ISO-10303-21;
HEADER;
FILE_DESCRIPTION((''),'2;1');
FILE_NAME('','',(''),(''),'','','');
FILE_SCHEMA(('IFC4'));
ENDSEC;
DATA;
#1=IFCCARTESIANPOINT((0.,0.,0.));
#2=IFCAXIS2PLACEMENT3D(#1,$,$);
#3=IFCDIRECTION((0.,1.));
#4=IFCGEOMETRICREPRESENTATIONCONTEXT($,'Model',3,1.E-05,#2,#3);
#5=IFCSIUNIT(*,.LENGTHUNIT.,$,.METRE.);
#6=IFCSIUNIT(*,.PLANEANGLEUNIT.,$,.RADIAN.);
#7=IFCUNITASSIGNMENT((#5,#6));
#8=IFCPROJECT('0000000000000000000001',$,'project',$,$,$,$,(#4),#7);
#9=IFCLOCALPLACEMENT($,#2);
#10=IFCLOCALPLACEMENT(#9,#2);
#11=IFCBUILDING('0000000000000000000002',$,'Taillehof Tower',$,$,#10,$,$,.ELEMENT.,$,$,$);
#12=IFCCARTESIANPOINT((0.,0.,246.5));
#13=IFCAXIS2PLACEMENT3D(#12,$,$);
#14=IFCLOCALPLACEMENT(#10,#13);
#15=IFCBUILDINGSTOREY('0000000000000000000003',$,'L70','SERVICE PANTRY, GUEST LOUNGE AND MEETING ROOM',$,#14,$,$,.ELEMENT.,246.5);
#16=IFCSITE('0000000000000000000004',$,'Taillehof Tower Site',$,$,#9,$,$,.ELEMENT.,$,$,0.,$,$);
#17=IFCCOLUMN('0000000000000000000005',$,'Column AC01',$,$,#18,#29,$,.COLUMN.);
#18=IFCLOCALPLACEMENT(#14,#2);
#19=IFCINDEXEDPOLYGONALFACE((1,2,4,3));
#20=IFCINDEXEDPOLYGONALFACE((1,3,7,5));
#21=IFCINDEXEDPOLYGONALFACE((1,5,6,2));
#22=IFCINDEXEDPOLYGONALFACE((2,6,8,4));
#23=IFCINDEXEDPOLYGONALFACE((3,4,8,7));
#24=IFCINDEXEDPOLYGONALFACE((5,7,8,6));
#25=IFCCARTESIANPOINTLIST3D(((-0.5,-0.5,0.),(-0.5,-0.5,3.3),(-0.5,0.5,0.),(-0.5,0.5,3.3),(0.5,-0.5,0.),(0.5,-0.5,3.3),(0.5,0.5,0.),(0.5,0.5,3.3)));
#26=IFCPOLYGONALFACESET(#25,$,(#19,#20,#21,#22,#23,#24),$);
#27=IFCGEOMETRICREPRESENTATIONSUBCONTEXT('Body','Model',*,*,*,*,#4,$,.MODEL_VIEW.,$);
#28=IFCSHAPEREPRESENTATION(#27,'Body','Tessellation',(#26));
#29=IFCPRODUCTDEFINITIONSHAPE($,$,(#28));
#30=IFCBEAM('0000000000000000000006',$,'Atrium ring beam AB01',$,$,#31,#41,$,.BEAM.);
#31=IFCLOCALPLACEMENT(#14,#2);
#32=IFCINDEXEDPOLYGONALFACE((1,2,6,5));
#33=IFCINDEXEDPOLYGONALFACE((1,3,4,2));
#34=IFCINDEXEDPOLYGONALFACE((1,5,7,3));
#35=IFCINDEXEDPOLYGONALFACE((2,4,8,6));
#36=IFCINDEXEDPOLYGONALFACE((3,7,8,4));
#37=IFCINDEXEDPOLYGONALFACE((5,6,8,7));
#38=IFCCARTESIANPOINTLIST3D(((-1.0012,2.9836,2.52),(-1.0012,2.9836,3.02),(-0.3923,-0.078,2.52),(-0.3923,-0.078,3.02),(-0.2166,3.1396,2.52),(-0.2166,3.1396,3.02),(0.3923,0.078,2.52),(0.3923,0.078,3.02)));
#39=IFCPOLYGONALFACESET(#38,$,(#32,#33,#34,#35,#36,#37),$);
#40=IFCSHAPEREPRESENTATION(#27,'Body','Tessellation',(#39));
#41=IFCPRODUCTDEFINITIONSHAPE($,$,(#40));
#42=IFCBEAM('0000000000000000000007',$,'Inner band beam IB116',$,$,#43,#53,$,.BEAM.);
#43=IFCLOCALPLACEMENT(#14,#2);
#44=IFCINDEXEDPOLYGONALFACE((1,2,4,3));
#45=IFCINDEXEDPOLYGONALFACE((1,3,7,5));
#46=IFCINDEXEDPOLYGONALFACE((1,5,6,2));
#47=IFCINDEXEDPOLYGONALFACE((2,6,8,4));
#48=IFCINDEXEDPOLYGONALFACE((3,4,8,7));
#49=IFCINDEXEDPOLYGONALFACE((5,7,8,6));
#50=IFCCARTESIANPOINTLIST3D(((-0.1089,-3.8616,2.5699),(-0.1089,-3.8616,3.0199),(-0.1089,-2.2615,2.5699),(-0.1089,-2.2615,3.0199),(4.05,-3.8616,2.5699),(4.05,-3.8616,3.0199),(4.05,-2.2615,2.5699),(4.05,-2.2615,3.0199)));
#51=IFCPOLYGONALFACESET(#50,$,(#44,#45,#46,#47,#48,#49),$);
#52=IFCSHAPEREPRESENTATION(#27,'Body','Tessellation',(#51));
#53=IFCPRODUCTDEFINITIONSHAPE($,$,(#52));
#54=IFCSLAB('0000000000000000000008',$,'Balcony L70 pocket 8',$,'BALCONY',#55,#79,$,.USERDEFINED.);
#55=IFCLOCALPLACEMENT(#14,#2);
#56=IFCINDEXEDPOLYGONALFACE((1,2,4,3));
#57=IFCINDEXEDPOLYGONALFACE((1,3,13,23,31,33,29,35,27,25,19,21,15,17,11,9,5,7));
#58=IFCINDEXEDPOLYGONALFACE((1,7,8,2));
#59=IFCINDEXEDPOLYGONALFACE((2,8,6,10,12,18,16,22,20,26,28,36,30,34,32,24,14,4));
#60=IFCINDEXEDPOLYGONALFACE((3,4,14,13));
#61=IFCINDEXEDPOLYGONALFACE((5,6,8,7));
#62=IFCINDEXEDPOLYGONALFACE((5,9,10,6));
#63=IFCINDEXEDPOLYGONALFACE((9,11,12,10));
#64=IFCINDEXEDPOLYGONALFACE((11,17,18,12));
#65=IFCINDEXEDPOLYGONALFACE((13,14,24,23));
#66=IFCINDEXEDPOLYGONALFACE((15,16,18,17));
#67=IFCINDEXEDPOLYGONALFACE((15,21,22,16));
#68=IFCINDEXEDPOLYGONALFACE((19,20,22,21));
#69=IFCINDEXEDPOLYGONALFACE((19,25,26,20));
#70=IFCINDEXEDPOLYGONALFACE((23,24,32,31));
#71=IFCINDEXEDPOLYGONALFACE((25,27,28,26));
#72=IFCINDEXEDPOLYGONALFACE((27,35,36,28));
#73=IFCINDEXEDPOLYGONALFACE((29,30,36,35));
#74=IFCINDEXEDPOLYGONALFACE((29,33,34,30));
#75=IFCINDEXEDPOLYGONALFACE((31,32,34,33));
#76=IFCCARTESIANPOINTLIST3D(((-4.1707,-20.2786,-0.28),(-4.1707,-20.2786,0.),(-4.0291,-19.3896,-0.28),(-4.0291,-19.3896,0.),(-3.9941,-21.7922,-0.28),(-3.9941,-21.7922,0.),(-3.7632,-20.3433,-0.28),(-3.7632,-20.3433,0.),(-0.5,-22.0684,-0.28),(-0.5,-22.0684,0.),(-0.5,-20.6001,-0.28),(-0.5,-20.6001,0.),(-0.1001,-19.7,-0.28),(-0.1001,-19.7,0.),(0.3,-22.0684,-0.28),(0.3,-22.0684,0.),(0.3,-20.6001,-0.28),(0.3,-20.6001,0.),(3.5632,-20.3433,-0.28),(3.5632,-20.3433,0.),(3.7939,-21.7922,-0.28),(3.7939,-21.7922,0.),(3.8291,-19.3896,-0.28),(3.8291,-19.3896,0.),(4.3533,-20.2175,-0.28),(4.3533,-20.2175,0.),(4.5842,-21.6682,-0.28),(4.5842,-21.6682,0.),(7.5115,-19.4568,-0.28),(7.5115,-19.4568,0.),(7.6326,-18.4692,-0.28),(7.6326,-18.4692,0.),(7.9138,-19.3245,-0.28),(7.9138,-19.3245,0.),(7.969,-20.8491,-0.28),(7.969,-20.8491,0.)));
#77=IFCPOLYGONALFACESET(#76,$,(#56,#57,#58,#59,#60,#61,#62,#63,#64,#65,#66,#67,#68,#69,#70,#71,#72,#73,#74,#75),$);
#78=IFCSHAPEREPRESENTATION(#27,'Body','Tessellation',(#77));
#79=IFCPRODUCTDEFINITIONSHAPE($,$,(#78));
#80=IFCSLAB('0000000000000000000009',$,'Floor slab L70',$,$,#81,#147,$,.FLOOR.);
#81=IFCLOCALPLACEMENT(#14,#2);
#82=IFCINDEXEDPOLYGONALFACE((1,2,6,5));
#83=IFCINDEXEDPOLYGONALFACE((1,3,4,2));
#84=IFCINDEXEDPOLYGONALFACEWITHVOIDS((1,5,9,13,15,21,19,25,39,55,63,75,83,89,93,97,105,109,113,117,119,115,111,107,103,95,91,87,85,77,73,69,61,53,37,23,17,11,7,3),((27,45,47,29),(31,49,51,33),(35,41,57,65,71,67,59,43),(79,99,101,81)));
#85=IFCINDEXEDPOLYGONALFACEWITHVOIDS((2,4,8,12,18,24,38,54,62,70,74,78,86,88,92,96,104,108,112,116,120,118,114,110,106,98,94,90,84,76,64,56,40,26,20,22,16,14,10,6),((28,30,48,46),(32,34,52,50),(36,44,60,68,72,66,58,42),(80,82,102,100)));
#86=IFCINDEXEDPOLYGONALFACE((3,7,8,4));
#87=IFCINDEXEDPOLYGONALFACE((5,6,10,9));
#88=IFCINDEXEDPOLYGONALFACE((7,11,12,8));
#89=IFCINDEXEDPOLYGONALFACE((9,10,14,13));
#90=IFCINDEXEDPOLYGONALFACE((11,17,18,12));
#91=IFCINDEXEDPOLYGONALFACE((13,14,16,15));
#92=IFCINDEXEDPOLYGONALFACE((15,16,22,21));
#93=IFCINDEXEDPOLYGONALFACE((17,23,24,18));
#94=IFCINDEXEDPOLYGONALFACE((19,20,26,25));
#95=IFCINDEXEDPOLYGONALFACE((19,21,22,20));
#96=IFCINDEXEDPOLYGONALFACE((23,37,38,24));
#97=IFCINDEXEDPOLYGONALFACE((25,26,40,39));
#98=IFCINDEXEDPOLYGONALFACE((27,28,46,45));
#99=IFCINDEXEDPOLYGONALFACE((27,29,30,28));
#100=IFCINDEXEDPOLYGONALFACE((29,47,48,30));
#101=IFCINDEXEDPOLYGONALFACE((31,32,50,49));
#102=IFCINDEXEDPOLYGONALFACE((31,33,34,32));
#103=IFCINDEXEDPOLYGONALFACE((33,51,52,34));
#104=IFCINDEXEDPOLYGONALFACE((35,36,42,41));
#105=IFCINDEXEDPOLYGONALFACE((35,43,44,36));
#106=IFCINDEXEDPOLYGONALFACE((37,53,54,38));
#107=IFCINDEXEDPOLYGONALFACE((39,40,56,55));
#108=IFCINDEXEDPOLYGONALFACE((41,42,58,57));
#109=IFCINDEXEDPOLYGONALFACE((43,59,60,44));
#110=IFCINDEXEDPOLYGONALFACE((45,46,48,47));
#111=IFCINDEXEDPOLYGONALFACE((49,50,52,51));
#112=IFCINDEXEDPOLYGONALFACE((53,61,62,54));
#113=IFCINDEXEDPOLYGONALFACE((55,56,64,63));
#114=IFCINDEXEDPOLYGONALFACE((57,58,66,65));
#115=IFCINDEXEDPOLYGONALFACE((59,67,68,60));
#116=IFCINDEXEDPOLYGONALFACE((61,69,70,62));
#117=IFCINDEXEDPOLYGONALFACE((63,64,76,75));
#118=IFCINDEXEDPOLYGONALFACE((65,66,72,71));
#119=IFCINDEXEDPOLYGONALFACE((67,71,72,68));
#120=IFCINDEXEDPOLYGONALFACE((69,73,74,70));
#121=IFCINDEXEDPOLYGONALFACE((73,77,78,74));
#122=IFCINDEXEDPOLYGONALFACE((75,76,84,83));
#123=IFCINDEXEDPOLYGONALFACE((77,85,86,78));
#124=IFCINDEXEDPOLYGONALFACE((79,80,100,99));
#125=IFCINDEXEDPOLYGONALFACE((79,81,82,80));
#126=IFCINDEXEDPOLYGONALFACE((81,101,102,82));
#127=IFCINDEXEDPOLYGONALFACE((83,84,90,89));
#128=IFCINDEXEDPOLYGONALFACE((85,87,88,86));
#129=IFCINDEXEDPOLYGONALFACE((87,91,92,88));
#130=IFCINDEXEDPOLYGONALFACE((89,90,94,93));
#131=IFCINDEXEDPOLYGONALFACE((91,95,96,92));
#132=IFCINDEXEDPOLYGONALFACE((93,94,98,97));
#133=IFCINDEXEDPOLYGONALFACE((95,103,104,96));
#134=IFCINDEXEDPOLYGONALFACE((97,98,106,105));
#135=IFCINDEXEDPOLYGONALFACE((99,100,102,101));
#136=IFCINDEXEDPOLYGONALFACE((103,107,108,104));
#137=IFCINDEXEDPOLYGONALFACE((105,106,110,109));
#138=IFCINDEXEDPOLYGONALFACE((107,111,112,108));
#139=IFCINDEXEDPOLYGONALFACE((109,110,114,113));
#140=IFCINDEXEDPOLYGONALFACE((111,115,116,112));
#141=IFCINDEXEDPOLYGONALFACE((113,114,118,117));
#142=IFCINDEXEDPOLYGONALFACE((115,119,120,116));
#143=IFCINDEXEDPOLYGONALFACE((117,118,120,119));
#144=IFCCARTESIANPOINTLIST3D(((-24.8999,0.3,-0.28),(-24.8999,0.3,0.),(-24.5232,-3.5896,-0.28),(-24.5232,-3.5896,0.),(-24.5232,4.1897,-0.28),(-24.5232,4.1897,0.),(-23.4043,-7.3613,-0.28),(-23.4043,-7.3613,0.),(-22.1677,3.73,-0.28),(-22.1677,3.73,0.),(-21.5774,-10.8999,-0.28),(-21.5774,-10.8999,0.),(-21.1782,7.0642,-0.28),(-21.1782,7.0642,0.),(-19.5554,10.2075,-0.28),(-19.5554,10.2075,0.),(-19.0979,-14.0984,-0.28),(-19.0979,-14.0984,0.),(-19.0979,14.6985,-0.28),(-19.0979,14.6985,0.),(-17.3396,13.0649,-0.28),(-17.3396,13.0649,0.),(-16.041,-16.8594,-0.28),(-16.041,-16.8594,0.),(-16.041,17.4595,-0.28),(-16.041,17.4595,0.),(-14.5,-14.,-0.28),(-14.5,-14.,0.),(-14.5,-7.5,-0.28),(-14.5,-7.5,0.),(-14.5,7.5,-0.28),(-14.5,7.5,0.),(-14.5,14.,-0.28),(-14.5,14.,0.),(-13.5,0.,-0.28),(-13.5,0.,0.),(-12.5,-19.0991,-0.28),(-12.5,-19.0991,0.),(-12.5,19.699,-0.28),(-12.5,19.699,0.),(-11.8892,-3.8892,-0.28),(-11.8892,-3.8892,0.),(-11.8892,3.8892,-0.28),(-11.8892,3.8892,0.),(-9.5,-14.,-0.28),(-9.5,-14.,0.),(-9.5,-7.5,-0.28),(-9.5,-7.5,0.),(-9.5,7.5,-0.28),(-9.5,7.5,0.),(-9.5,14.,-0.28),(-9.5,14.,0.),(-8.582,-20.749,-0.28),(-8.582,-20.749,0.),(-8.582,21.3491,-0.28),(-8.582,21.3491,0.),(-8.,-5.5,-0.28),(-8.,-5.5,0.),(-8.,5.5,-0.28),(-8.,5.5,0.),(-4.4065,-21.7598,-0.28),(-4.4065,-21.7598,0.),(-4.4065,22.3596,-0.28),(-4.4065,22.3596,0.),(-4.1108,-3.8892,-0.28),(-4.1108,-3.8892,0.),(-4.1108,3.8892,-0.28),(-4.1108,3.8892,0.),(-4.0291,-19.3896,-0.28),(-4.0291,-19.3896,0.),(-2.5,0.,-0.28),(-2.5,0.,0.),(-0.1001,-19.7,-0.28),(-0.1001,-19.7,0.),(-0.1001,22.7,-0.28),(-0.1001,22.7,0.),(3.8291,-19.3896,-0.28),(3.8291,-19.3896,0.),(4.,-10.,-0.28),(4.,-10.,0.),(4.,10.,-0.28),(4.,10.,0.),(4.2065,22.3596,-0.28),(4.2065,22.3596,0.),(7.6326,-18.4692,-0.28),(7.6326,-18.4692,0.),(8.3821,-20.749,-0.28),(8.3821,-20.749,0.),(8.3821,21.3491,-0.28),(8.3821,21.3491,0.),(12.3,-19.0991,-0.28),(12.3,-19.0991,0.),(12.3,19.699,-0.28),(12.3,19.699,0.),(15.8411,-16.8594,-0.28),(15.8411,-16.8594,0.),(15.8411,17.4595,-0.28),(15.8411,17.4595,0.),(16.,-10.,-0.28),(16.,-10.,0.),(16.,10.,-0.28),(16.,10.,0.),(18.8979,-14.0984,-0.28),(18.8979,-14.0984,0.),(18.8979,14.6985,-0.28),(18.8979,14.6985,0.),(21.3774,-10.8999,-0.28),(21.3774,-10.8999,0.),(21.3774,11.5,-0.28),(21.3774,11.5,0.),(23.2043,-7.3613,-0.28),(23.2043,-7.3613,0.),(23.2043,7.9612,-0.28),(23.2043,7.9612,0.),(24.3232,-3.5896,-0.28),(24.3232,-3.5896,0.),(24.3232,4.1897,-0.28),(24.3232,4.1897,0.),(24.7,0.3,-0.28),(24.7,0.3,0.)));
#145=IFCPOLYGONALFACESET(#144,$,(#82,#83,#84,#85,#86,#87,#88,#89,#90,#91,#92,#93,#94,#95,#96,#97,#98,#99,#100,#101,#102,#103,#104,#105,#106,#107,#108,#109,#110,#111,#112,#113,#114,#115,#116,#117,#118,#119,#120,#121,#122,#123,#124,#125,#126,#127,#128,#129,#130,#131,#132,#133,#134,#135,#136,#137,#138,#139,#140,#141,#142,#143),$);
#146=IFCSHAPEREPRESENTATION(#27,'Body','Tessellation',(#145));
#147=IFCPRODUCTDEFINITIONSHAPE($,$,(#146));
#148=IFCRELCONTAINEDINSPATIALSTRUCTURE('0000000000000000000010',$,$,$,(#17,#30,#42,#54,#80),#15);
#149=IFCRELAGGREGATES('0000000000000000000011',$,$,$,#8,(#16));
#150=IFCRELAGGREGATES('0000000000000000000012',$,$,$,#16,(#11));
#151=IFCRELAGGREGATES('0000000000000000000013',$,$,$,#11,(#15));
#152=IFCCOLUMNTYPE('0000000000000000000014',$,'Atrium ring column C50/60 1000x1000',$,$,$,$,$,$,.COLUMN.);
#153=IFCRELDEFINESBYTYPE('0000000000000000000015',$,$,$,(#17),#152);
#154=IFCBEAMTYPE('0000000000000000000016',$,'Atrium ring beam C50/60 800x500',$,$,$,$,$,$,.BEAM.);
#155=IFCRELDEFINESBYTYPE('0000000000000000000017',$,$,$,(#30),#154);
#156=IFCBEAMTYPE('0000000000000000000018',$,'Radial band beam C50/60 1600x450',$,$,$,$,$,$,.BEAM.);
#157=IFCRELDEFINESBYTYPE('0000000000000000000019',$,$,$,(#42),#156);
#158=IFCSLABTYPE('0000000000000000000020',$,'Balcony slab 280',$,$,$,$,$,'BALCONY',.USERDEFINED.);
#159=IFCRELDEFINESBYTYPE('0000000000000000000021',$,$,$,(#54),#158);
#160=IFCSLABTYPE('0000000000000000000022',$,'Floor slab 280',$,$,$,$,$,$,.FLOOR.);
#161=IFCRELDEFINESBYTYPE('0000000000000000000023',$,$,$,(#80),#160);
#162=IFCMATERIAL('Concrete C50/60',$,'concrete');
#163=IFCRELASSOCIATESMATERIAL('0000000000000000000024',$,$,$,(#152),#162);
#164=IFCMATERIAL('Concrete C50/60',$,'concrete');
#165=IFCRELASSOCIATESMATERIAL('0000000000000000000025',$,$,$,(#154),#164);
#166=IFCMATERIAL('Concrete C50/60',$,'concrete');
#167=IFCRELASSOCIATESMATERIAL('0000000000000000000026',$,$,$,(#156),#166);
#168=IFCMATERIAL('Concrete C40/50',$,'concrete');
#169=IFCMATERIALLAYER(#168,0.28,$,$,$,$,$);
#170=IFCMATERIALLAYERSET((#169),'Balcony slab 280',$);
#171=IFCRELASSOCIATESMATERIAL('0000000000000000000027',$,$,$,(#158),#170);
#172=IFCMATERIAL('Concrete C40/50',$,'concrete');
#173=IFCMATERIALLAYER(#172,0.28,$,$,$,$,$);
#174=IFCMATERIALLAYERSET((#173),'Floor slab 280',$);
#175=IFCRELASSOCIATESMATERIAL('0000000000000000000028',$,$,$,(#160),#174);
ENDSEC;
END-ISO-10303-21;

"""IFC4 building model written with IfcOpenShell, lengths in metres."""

from ifc_helpers import new_model, si_unit, direction, frame, origin, origin_with_axes, origin_2d, place, context, subcontext, project, spatial, polyline, rectangle, outline, extrude, material, layer, layer_set, material_profile, profile_set, type_object, element, save


model = new_model("IFC4")

# Units and contexts
model_context = context("Model", 3, precision=1e-05, world=origin(), true_north=direction((0.0, 1.0)))
body_context = subcontext(model_context, "Body", "Model", "MODEL_VIEW")
ifc_project = project(units=[si_unit("LENGTHUNIT", "METRE"), si_unit("PLANEANGLEUNIT", "RADIAN")], contexts=[model_context])

# Site, building, storey
site_placement = place(None, origin())
site = spatial("IfcSite", under=ifc_project, at=site_placement, Name="Taillehof Tower Site", CompositionType="ELEMENT", RefElevation=0.0)
building_placement = place(site_placement, origin())
building = spatial("IfcBuilding", under=site, at=building_placement, Name="Taillehof Tower", CompositionType="ELEMENT")
storey_placement = place(building_placement, frame((0.0, 0.0, 246.5)))
storey = spatial("IfcBuildingStorey", under=building, at=storey_placement, Name="L70", Description="SERVICE PANTRY, GUEST LOUNGE AND MEETING ROOM", CompositionType="ELEMENT", Elevation=246.5)

# Column
ifc_material_1 = material(Name="Concrete C50/60", Category="concrete")
ifc_material_profile_1 = material_profile(ifc_material_1, rectangle(XDim=1.0, YDim=1.0, at=origin_2d()), Name="RC 1000x1000")
ifc_profile_set_1 = profile_set([ifc_material_profile_1], Name="Concrete C50/60")
column_type = type_object("IfcColumnType", Name="Atrium ring column C50/60 1000x1000", PredefinedType="COLUMN", material=ifc_profile_set_1)
column_placement = place(storey_placement, origin_with_axes())
element("IfcColumn", 1, at=column_placement, inside=storey, type_object=column_type, Name="Column AC01", PredefinedType="COLUMN", context=body_context, shape_type="SweptSolid", body=[
    extrude(rectangle(XDim=1.0, YDim=1.0, at=origin_2d()), origin(), (0.0, 0.0, 1.0), 3.3),
])

# Beams
ifc_material_2 = material(Name="Concrete C50/60", Category="concrete")
ifc_material_profile_2 = material_profile(ifc_material_2, rectangle(XDim=0.8, YDim=0.5, at=origin_2d()), Name="RC 800x500")
ifc_profile_set_2 = profile_set([ifc_material_profile_2], Name="Concrete C50/60")
beam_type_1 = type_object("IfcBeamType", Name="Atrium ring beam C50/60 800x500", PredefinedType="BEAM", material=ifc_profile_set_2)
beam_1_placement = place(storey_placement, frame((0.0, 0.0, 2.77), z_axis=(-0.195063, 0.980791, 0.0), x_axis=(-0.980791, -0.195063, 0.0)))
element("IfcBeam", 2, at=beam_1_placement, inside=storey, type_object=beam_type_1, Name="Atrium ring beam AB01", PredefinedType="BEAM", context=body_context, shape_type="SweptSolid", body=[
    extrude(rectangle(XDim=0.8, YDim=0.5, at=origin_2d()), origin(), (0.0, 0.0, 1.0), 3.1216),
])
ifc_material_3 = material(Name="Concrete C50/60", Category="concrete")
ifc_material_profile_3 = material_profile(ifc_material_3, rectangle(XDim=1.6001, YDim=0.45, at=origin_2d()), Name="RC 1600x450")
ifc_profile_set_3 = profile_set([ifc_material_profile_3], Name="Concrete C50/60")
beam_type_2 = type_object("IfcBeamType", Name="Radial band beam C50/60 1600x450", PredefinedType="BEAM", material=ifc_profile_set_3)
beam_2_placement = place(storey_placement, frame((-0.1089, -3.0615, 2.7949), z_axis=(1.0, 0.0, 0.0), x_axis=(0.0, 1.0, 0.0)))
element("IfcBeam", 3, at=beam_2_placement, inside=storey, type_object=beam_type_2, Name="Inner band beam IB116", PredefinedType="BEAM", context=body_context, shape_type="SweptSolid", body=[
    extrude(rectangle(XDim=1.6001, YDim=0.45, at=origin_2d()), origin(), (0.0, 0.0, 1.0), 4.1589),
])

# Slabs
ifc_material_4 = material(Name="Concrete C40/50", Category="concrete")
ifc_layer_1 = layer(ifc_material_4, 0.28)
ifc_layer_set_1 = layer_set([ifc_layer_1], Name="Balcony slab 280")
slab_type_1 = type_object("IfcSlabType", Name="Balcony slab 280", ElementType="BALCONY", PredefinedType="USERDEFINED", material=ifc_layer_set_1)
slab_1_placement = place(storey_placement, frame((0.0, 0.0, -0.28)))
element("IfcSlab", 4, at=slab_1_placement, inside=storey, type_object=slab_type_1, Name="Balcony L70 pocket 8", ObjectType="BALCONY", PredefinedType="USERDEFINED", context=body_context, shape_type="SweptSolid", body=[
    extrude(outline(polyline([(7.6326, -18.4692), (7.9138, -19.3245), (7.5115, -19.4568), (7.969, -20.8491), (4.5842, -21.6682), (4.3533, -20.2175), (3.5632, -20.3433), (3.7939, -21.7922), (0.3, -22.0684), (0.3, -20.6001), (-0.5, -20.6001), (-0.5, -22.0684), (-3.9941, -21.7922), (-3.7632, -20.3433), (-4.1707, -20.2786), (-4.0291, -19.3896), (-0.1001, -19.7), (3.8291, -19.3896), (7.6326, -18.4692)])), origin(), (0.0, 0.0, 1.0), 0.28),
])
ifc_material_5 = material(Name="Concrete C40/50", Category="concrete")
ifc_layer_2 = layer(ifc_material_5, 0.28)
ifc_layer_set_2 = layer_set([ifc_layer_2], Name="Floor slab 280")
slab_type_2 = type_object("IfcSlabType", Name="Floor slab 280", PredefinedType="FLOOR", material=ifc_layer_set_2)
slab_2_placement = place(storey_placement, frame((0.0, 0.0, -0.28)))
element("IfcSlab", 5, at=slab_2_placement, inside=storey, type_object=slab_type_2, Name="Floor slab L70", PredefinedType="FLOOR", context=body_context, shape_type="SweptSolid", body=[
    extrude(outline(polyline([(24.7, 0.3), (24.3232, 4.1897), (23.2043, 7.9612), (21.3774, 11.5), (18.8979, 14.6985), (15.8411, 17.4595), (12.3, 19.699), (8.3821, 21.3491), (4.2065, 22.3596), (-0.1001, 22.7), (-4.4065, 22.3596), (-8.582, 21.3491), (-12.5, 19.699), (-16.041, 17.4595), (-19.0979, 14.6985), (-17.3396, 13.0649), (-19.5554, 10.2075), (-21.1782, 7.0642), (-22.1677, 3.73), (-24.5232, 4.1897), (-24.8999, 0.3), (-24.5232, -3.5896), (-23.4043, -7.3613), (-21.5774, -10.8999), (-19.0979, -14.0984), (-16.041, -16.8594), (-12.5, -19.0991), (-8.582, -20.749), (-4.4065, -21.7598), (-4.0291, -19.3896), (-0.1001, -19.7), (3.8291, -19.3896), (7.6326, -18.4692), (8.3821, -20.749), (12.3, -19.0991), (15.8411, -16.8594), (18.8979, -14.0984), (21.3774, -10.8999), (23.2043, -7.3613), (24.3232, -3.5896), (24.7, 0.3)]), holes=[polyline([(-14.5, -7.5), (-9.5, -7.5), (-9.5, -14.0), (-14.5, -14.0), (-14.5, -7.5)]), polyline([(-8.0, -5.5), (-11.8892, -3.8892), (-13.5, 0.0), (-11.8892, 3.8892), (-8.0, 5.5), (-4.1108, 3.8892), (-2.5, 0.0), (-4.1108, -3.8892), (-8.0, -5.5)]), polyline([(16.0, 10.0), (16.0, -10.0), (4.0, -10.0), (4.0, 10.0), (16.0, 10.0)]), polyline([(-14.5, 14.0), (-9.5, 14.0), (-9.5, 7.5), (-14.5, 7.5), (-14.5, 14.0)])]), origin(), (0.0, 0.0, 1.0), 0.28),
])

save(model, "model.ifc")
